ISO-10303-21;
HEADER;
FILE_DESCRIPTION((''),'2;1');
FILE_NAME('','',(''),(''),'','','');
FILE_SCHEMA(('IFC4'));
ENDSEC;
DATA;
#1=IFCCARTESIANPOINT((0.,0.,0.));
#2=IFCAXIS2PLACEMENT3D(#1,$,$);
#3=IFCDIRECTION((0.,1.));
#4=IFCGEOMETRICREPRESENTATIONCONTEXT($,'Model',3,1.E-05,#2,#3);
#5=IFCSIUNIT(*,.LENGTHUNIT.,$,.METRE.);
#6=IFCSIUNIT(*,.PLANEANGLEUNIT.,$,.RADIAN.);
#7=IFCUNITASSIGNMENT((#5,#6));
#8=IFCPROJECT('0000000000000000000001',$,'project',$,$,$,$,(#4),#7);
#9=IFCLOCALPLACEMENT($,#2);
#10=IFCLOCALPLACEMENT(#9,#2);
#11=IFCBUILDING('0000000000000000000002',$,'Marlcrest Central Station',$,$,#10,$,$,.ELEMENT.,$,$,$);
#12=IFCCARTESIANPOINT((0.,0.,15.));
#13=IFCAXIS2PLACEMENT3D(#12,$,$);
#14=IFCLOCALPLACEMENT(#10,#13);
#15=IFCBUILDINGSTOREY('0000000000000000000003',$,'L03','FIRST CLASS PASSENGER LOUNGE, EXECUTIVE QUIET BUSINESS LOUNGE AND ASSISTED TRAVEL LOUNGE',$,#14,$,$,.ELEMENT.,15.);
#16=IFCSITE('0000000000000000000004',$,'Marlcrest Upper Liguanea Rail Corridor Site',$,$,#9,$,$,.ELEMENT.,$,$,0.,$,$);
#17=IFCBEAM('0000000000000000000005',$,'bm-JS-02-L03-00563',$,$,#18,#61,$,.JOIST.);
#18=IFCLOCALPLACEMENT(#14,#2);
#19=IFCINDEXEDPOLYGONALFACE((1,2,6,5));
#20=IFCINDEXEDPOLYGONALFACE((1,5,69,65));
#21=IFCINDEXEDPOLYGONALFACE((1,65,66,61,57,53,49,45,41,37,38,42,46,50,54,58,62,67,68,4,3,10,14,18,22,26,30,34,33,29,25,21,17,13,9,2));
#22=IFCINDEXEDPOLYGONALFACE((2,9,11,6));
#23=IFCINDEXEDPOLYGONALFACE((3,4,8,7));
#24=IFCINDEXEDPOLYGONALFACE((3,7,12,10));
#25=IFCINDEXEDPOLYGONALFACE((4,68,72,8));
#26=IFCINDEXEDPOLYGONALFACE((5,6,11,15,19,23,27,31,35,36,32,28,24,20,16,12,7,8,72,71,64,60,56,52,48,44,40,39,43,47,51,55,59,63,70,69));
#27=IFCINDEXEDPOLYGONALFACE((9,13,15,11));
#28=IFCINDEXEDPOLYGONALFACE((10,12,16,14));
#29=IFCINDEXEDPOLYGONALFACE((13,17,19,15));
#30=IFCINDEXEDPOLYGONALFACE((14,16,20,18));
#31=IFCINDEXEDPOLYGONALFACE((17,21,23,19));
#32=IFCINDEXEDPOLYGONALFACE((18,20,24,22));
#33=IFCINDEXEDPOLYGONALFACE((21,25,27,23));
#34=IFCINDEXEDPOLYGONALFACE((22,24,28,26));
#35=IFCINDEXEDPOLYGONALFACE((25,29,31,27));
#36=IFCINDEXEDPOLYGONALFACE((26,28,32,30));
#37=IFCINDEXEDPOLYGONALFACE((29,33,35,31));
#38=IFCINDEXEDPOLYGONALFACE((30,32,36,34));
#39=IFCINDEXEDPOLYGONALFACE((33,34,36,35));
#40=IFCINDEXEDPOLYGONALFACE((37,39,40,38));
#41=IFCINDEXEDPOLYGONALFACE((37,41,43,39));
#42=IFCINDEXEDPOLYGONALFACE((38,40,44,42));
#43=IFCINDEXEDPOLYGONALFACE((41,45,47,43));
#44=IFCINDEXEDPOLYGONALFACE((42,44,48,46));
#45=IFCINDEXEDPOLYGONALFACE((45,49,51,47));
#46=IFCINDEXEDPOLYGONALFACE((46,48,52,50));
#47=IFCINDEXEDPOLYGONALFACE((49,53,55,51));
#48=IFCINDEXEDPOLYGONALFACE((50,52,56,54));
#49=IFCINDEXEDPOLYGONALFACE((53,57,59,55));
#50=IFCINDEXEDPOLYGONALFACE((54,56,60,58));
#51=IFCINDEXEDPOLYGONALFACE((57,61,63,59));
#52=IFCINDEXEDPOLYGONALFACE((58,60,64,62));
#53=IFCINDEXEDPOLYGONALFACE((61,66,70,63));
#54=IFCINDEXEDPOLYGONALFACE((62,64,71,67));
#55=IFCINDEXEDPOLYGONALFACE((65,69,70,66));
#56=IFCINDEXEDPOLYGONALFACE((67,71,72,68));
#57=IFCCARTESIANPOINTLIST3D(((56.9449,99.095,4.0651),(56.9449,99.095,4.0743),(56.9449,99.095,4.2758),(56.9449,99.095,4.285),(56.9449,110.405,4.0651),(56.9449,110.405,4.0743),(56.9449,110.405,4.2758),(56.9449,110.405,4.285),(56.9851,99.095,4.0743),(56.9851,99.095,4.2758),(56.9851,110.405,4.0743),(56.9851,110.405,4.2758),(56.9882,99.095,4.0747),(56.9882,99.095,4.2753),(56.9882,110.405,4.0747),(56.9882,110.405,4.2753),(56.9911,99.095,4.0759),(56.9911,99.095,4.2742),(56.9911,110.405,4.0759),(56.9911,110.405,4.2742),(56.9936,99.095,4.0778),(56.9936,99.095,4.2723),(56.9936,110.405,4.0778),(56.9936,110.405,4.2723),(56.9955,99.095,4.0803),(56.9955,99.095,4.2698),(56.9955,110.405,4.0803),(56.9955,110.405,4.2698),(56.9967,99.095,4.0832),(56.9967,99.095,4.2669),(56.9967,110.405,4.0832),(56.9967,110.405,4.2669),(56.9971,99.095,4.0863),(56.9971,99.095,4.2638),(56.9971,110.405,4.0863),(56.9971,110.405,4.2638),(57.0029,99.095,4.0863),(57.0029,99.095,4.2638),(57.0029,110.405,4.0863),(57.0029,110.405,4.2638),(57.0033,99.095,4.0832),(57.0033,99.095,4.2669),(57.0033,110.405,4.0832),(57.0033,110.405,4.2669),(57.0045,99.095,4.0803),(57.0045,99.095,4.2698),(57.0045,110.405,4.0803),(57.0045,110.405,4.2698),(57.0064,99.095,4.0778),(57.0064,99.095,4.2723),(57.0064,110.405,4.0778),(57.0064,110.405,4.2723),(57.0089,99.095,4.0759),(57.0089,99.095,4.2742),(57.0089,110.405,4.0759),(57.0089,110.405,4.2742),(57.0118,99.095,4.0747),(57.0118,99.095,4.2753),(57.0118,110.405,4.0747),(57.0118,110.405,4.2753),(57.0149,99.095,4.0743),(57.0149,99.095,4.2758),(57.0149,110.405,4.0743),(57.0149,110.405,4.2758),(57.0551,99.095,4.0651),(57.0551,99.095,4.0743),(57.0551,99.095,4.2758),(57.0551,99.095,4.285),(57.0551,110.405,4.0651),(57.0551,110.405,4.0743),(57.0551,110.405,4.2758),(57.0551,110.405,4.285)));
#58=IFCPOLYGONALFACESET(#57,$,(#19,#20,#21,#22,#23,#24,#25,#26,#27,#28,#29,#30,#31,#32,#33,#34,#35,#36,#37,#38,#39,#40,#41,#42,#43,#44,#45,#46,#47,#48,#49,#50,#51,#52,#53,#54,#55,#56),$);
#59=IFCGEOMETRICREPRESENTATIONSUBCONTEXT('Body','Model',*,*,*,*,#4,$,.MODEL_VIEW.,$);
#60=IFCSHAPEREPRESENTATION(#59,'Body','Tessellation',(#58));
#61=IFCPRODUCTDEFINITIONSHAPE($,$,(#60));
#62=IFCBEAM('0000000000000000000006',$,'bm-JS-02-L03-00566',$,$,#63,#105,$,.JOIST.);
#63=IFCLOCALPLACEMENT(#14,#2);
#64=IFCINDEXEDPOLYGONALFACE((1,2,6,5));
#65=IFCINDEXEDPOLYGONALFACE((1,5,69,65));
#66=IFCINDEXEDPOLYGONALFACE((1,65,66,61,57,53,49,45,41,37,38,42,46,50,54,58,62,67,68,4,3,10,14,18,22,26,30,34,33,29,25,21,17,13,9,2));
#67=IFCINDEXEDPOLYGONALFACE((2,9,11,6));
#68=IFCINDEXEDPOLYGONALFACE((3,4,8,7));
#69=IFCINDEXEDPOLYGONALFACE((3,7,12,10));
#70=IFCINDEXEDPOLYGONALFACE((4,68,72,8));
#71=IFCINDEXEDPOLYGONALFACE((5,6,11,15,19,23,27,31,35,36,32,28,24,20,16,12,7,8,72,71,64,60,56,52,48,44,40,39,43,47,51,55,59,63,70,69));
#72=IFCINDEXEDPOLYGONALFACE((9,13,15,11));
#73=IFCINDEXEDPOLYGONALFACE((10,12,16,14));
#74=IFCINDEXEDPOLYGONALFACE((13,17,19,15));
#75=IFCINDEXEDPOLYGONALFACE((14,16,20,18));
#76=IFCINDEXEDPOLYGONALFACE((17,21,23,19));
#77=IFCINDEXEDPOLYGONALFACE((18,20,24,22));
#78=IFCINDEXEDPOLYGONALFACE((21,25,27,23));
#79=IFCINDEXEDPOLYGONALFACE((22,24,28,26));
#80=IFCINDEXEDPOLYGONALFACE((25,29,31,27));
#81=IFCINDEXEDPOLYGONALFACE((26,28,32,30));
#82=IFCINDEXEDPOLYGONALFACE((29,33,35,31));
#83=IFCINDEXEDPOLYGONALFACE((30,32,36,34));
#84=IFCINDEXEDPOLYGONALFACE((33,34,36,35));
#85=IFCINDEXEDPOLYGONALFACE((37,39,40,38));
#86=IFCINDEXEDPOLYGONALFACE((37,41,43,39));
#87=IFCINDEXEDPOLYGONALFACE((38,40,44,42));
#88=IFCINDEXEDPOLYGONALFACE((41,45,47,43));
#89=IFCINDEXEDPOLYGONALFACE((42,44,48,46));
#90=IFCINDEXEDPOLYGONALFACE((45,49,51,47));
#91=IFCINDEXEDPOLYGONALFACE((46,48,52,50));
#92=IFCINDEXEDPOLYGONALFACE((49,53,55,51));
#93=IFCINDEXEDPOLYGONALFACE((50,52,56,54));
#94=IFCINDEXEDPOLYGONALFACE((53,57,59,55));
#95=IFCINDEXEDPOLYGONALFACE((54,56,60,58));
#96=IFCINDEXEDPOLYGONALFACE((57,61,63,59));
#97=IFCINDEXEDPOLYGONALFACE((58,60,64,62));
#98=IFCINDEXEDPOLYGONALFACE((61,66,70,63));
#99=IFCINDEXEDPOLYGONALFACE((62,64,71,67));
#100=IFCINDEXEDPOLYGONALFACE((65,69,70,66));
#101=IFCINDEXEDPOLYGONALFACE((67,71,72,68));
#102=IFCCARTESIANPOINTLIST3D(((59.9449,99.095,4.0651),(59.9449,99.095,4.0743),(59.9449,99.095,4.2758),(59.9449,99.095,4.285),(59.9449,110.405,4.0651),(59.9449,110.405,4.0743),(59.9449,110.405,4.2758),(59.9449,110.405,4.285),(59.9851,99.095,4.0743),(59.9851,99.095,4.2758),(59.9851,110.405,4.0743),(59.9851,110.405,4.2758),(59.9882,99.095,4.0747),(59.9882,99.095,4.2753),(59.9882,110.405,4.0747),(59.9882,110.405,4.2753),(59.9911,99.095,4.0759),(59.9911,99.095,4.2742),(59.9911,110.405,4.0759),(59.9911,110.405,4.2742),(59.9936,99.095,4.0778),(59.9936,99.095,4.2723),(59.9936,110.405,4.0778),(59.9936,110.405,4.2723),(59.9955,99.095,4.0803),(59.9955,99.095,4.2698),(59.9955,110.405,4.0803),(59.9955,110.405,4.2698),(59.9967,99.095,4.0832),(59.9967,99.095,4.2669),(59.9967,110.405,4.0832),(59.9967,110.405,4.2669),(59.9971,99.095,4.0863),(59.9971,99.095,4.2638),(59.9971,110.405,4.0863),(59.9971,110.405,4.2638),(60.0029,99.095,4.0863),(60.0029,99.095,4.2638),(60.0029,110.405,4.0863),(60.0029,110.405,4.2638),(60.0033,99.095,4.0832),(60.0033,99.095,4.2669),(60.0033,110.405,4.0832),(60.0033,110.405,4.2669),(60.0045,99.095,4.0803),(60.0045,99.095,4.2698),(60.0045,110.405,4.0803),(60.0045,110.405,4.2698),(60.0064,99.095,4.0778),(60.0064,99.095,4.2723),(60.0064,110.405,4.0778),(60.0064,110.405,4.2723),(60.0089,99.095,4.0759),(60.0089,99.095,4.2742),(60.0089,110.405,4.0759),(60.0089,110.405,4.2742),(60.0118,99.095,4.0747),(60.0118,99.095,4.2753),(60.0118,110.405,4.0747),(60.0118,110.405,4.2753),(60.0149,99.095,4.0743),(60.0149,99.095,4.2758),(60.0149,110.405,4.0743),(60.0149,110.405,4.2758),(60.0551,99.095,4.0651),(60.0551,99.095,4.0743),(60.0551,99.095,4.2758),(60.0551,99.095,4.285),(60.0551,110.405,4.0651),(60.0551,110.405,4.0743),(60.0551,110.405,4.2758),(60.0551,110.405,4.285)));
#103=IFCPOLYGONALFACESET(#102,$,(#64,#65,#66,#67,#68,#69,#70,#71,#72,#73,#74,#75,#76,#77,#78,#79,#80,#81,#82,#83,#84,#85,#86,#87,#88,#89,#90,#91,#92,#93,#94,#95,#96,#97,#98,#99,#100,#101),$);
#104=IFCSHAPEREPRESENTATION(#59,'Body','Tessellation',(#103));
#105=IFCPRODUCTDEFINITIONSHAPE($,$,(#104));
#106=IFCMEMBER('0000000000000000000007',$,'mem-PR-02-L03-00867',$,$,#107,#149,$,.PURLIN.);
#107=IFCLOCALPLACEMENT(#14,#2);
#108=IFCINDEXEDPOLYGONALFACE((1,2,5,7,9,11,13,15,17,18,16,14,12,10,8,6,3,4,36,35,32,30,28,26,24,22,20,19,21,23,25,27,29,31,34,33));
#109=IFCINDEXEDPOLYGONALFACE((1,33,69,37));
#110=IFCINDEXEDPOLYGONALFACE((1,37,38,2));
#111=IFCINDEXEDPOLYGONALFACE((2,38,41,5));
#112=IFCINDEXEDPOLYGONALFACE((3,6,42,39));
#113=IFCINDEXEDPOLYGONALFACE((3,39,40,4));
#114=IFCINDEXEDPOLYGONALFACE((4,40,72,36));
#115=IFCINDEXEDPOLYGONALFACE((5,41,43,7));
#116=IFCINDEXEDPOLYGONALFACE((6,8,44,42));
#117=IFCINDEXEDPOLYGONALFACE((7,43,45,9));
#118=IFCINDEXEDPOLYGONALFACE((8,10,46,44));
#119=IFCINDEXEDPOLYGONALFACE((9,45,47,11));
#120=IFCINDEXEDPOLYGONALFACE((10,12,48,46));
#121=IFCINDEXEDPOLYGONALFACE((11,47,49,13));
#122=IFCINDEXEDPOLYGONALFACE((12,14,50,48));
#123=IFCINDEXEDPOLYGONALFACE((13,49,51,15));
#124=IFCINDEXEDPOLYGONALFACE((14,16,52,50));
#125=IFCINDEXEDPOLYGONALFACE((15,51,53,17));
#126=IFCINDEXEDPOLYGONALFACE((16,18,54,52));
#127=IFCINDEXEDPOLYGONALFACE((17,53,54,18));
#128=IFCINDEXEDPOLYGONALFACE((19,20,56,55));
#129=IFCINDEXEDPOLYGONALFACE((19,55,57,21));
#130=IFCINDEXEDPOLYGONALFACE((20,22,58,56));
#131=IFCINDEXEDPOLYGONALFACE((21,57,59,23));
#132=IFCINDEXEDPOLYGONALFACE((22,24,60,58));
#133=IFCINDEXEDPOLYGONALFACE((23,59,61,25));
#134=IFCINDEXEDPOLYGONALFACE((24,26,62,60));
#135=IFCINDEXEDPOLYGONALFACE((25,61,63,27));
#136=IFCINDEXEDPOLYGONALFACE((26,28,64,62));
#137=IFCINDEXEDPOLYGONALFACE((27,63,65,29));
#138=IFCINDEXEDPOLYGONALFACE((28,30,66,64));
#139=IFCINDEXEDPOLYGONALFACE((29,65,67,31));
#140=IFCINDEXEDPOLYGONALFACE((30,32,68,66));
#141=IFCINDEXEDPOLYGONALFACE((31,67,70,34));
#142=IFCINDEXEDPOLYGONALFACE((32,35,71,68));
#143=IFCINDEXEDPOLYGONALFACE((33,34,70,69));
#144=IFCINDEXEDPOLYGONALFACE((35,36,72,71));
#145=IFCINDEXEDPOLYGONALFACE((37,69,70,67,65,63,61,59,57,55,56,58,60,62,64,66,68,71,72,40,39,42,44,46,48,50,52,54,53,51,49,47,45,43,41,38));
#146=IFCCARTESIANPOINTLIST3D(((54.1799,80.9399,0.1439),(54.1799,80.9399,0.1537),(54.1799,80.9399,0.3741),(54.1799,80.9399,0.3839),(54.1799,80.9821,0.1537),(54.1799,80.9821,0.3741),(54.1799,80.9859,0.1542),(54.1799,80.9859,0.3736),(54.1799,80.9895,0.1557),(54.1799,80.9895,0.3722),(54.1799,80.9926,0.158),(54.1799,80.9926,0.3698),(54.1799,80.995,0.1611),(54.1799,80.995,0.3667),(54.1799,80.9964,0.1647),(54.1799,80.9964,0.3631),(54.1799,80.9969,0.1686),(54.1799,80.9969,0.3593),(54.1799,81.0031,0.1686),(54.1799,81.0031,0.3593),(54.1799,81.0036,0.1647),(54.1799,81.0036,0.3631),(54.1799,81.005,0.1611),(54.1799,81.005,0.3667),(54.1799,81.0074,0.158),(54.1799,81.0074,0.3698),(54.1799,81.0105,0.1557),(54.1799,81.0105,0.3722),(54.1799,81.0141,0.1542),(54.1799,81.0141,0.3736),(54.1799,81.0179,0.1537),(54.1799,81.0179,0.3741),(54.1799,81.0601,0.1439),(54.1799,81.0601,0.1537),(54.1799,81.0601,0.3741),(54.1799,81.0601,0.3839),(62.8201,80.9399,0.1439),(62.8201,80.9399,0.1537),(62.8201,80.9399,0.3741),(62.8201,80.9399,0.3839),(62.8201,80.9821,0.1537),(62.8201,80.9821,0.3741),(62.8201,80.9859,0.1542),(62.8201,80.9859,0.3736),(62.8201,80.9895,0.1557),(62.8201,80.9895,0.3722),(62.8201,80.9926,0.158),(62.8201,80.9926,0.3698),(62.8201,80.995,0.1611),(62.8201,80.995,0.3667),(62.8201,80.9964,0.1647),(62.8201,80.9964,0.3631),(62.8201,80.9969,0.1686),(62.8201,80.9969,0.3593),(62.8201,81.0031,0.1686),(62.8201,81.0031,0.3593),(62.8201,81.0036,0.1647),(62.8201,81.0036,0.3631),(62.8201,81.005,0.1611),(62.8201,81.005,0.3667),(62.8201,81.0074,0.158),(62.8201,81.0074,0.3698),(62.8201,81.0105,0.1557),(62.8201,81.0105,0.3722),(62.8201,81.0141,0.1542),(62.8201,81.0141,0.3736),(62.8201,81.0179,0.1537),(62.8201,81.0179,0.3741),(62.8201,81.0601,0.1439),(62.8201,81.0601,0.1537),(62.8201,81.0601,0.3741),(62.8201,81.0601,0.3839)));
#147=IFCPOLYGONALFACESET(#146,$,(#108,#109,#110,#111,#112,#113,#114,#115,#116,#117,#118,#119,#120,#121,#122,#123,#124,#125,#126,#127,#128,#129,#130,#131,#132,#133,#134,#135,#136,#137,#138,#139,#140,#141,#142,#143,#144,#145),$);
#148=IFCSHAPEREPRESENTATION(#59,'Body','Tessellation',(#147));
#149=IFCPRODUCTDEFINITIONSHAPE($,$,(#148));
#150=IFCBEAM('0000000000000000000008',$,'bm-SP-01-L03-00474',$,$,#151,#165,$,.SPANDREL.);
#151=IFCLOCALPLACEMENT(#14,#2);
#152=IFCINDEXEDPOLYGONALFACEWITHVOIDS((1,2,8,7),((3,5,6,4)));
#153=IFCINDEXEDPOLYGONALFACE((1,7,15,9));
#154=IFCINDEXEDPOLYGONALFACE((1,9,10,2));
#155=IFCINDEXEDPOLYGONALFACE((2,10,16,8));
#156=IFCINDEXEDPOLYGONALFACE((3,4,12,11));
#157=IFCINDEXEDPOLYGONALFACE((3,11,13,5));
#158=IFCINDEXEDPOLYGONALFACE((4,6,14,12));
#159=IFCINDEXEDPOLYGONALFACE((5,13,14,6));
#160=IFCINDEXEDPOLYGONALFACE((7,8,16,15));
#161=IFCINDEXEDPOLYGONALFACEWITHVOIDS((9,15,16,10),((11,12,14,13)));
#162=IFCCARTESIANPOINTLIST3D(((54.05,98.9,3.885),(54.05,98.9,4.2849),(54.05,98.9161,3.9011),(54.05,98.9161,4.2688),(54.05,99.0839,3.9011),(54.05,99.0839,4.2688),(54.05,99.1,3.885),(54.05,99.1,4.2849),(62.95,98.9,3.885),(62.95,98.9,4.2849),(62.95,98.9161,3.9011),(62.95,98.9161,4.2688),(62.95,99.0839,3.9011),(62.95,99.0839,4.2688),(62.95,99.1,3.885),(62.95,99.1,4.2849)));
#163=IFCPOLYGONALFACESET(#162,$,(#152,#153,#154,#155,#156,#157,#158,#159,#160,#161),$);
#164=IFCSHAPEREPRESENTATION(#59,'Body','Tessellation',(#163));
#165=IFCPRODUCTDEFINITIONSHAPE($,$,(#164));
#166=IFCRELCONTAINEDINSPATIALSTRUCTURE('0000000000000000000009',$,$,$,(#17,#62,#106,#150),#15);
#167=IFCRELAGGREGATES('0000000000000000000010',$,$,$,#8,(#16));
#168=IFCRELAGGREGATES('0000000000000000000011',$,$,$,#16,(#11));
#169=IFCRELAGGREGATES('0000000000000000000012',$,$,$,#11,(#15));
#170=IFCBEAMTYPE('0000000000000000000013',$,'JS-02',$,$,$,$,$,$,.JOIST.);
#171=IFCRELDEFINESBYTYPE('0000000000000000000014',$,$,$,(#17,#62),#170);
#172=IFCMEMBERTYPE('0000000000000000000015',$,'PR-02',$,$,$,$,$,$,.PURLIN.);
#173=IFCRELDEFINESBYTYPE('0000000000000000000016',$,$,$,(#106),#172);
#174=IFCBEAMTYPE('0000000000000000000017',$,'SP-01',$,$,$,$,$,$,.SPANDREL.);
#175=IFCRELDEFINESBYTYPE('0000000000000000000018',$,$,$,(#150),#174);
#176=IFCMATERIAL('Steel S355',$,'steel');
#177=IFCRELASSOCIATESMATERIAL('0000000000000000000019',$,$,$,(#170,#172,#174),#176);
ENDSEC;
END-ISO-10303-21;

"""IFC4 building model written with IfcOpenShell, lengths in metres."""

from ifc_helpers import new_model, si_unit, direction, frame, origin, origin_2d, place, context, subcontext, project, spatial, hollow_rectangle, i_section, extrude, material, material_profile, profile_set, type_object, element, save


model = new_model("IFC4")

# Units and contexts
model_context = context("Model", 3, precision=1e-05, world=origin(), true_north=direction((0.0, 1.0)))
body_context = subcontext(model_context, "Body", "Model", "MODEL_VIEW")
ifc_project = project(units=[si_unit("LENGTHUNIT", "METRE"), si_unit("PLANEANGLEUNIT", "RADIAN")], contexts=[model_context])

# Site, building, storey
site_placement = place(None, origin())
site = spatial("IfcSite", under=ifc_project, at=site_placement, Name="Marlcrest Upper Liguanea Rail Corridor Site", CompositionType="ELEMENT", RefElevation=0.0)
building_placement = place(site_placement, origin())
building = spatial("IfcBuilding", under=site, at=building_placement, Name="Marlcrest Central Station", CompositionType="ELEMENT")
storey_placement = place(building_placement, frame((0.0, 0.0, 15.0)))
storey = spatial("IfcBuildingStorey", under=building, at=storey_placement, Name="L03", Description="FIRST CLASS PASSENGER LOUNGE, EXECUTIVE QUIET BUSINESS LOUNGE AND ASSISTED TRAVEL LOUNGE", CompositionType="ELEMENT", Elevation=15.0)

# Shared definitions
ifc_material_1 = material(Name="Steel S355", Category="steel")

# Beams
ifc_material_profile_1 = material_profile(ifc_material_1, i_section(OverallWidth=0.1101, OverallDepth=0.22, WebThickness=0.0059, FlangeThickness=0.0093, FilletRadius=0.012, at=origin_2d()), Name="IPE 220")
ifc_profile_set_1 = profile_set([ifc_material_profile_1], Name="Steel S355")
beam_type_1 = type_object("IfcBeamType", Name="JS-02", PredefinedType="JOIST", material=ifc_profile_set_1)
for number, where, z_axis, x_axis, name in (
    (1, (57.0, 99.095, 4.175), (0.0, 1.0, 0.0), (-1.0, 0.0, 0.0), "bm-JS-02-L03-00563"),
    (2, (60.0, 99.095, 4.175), (0.0, 1.0, 0.0), (-1.0, 0.0, 0.0), "bm-JS-02-L03-00566"),
):
    element("IfcBeam", number, at=place(storey_placement, frame(where, z_axis=z_axis, x_axis=x_axis)), inside=storey, type_object=beam_type_1, Name=name, PredefinedType="JOIST", context=body_context, shape_type="SweptSolid", body=[
        extrude(i_section(OverallWidth=0.1101, OverallDepth=0.22, WebThickness=0.0059, FlangeThickness=0.0093, FilletRadius=0.012, at=origin_2d()), origin(), (0.0, 0.0, 1.0), 11.3101),
    ])

# Member
ifc_material_profile_2 = material_profile(ifc_material_1, i_section(OverallWidth=0.1201, OverallDepth=0.24, WebThickness=0.0061, FlangeThickness=0.0098, FilletRadius=0.0149, at=origin_2d()), Name="IPE 240")
ifc_profile_set_2 = profile_set([ifc_material_profile_2], Name="Steel S355")
member_type_1 = type_object("IfcMemberType", Name="PR-02", PredefinedType="PURLIN", material=ifc_profile_set_2)
member_placement = place(storey_placement, frame((54.1799, 81.0, 0.2639), z_axis=(1.0, 0.0, 0.0), x_axis=(0.0, 1.0, 0.0)))
element("IfcMember", 3, at=member_placement, inside=storey, type_object=member_type_1, Name="mem-PR-02-L03-00867", PredefinedType="PURLIN", context=body_context, shape_type="SweptSolid", body=[
    extrude(i_section(OverallWidth=0.1201, OverallDepth=0.24, WebThickness=0.0061, FlangeThickness=0.0098, FilletRadius=0.0149, at=origin_2d()), origin(), (0.0, 0.0, 1.0), 8.6401),
])

# Beam
ifc_material_profile_3 = material_profile(ifc_material_1, hollow_rectangle(XDim=0.2, YDim=0.3999, WallThickness=0.0161, at=origin_2d()), Name="RHS 400x200x16")
ifc_profile_set_3 = profile_set([ifc_material_profile_3], Name="Steel S355")
beam_type_2 = type_object("IfcBeamType", Name="SP-01", PredefinedType="SPANDREL", material=ifc_profile_set_3)
beam_1_placement = place(storey_placement, frame((54.05, 99.0, 4.085), z_axis=(1.0, 0.0, 0.0), x_axis=(0.0, 1.0, 0.0)))
element("IfcBeam", 4, at=beam_1_placement, inside=storey, type_object=beam_type_2, Name="bm-SP-01-L03-00474", PredefinedType="SPANDREL", context=body_context, shape_type="SweptSolid", body=[
    extrude(hollow_rectangle(XDim=0.2, YDim=0.3999, WallThickness=0.0161, at=origin_2d()), origin(), (0.0, 0.0, 1.0), 8.8999),
])

save(model, "model.ifc")
